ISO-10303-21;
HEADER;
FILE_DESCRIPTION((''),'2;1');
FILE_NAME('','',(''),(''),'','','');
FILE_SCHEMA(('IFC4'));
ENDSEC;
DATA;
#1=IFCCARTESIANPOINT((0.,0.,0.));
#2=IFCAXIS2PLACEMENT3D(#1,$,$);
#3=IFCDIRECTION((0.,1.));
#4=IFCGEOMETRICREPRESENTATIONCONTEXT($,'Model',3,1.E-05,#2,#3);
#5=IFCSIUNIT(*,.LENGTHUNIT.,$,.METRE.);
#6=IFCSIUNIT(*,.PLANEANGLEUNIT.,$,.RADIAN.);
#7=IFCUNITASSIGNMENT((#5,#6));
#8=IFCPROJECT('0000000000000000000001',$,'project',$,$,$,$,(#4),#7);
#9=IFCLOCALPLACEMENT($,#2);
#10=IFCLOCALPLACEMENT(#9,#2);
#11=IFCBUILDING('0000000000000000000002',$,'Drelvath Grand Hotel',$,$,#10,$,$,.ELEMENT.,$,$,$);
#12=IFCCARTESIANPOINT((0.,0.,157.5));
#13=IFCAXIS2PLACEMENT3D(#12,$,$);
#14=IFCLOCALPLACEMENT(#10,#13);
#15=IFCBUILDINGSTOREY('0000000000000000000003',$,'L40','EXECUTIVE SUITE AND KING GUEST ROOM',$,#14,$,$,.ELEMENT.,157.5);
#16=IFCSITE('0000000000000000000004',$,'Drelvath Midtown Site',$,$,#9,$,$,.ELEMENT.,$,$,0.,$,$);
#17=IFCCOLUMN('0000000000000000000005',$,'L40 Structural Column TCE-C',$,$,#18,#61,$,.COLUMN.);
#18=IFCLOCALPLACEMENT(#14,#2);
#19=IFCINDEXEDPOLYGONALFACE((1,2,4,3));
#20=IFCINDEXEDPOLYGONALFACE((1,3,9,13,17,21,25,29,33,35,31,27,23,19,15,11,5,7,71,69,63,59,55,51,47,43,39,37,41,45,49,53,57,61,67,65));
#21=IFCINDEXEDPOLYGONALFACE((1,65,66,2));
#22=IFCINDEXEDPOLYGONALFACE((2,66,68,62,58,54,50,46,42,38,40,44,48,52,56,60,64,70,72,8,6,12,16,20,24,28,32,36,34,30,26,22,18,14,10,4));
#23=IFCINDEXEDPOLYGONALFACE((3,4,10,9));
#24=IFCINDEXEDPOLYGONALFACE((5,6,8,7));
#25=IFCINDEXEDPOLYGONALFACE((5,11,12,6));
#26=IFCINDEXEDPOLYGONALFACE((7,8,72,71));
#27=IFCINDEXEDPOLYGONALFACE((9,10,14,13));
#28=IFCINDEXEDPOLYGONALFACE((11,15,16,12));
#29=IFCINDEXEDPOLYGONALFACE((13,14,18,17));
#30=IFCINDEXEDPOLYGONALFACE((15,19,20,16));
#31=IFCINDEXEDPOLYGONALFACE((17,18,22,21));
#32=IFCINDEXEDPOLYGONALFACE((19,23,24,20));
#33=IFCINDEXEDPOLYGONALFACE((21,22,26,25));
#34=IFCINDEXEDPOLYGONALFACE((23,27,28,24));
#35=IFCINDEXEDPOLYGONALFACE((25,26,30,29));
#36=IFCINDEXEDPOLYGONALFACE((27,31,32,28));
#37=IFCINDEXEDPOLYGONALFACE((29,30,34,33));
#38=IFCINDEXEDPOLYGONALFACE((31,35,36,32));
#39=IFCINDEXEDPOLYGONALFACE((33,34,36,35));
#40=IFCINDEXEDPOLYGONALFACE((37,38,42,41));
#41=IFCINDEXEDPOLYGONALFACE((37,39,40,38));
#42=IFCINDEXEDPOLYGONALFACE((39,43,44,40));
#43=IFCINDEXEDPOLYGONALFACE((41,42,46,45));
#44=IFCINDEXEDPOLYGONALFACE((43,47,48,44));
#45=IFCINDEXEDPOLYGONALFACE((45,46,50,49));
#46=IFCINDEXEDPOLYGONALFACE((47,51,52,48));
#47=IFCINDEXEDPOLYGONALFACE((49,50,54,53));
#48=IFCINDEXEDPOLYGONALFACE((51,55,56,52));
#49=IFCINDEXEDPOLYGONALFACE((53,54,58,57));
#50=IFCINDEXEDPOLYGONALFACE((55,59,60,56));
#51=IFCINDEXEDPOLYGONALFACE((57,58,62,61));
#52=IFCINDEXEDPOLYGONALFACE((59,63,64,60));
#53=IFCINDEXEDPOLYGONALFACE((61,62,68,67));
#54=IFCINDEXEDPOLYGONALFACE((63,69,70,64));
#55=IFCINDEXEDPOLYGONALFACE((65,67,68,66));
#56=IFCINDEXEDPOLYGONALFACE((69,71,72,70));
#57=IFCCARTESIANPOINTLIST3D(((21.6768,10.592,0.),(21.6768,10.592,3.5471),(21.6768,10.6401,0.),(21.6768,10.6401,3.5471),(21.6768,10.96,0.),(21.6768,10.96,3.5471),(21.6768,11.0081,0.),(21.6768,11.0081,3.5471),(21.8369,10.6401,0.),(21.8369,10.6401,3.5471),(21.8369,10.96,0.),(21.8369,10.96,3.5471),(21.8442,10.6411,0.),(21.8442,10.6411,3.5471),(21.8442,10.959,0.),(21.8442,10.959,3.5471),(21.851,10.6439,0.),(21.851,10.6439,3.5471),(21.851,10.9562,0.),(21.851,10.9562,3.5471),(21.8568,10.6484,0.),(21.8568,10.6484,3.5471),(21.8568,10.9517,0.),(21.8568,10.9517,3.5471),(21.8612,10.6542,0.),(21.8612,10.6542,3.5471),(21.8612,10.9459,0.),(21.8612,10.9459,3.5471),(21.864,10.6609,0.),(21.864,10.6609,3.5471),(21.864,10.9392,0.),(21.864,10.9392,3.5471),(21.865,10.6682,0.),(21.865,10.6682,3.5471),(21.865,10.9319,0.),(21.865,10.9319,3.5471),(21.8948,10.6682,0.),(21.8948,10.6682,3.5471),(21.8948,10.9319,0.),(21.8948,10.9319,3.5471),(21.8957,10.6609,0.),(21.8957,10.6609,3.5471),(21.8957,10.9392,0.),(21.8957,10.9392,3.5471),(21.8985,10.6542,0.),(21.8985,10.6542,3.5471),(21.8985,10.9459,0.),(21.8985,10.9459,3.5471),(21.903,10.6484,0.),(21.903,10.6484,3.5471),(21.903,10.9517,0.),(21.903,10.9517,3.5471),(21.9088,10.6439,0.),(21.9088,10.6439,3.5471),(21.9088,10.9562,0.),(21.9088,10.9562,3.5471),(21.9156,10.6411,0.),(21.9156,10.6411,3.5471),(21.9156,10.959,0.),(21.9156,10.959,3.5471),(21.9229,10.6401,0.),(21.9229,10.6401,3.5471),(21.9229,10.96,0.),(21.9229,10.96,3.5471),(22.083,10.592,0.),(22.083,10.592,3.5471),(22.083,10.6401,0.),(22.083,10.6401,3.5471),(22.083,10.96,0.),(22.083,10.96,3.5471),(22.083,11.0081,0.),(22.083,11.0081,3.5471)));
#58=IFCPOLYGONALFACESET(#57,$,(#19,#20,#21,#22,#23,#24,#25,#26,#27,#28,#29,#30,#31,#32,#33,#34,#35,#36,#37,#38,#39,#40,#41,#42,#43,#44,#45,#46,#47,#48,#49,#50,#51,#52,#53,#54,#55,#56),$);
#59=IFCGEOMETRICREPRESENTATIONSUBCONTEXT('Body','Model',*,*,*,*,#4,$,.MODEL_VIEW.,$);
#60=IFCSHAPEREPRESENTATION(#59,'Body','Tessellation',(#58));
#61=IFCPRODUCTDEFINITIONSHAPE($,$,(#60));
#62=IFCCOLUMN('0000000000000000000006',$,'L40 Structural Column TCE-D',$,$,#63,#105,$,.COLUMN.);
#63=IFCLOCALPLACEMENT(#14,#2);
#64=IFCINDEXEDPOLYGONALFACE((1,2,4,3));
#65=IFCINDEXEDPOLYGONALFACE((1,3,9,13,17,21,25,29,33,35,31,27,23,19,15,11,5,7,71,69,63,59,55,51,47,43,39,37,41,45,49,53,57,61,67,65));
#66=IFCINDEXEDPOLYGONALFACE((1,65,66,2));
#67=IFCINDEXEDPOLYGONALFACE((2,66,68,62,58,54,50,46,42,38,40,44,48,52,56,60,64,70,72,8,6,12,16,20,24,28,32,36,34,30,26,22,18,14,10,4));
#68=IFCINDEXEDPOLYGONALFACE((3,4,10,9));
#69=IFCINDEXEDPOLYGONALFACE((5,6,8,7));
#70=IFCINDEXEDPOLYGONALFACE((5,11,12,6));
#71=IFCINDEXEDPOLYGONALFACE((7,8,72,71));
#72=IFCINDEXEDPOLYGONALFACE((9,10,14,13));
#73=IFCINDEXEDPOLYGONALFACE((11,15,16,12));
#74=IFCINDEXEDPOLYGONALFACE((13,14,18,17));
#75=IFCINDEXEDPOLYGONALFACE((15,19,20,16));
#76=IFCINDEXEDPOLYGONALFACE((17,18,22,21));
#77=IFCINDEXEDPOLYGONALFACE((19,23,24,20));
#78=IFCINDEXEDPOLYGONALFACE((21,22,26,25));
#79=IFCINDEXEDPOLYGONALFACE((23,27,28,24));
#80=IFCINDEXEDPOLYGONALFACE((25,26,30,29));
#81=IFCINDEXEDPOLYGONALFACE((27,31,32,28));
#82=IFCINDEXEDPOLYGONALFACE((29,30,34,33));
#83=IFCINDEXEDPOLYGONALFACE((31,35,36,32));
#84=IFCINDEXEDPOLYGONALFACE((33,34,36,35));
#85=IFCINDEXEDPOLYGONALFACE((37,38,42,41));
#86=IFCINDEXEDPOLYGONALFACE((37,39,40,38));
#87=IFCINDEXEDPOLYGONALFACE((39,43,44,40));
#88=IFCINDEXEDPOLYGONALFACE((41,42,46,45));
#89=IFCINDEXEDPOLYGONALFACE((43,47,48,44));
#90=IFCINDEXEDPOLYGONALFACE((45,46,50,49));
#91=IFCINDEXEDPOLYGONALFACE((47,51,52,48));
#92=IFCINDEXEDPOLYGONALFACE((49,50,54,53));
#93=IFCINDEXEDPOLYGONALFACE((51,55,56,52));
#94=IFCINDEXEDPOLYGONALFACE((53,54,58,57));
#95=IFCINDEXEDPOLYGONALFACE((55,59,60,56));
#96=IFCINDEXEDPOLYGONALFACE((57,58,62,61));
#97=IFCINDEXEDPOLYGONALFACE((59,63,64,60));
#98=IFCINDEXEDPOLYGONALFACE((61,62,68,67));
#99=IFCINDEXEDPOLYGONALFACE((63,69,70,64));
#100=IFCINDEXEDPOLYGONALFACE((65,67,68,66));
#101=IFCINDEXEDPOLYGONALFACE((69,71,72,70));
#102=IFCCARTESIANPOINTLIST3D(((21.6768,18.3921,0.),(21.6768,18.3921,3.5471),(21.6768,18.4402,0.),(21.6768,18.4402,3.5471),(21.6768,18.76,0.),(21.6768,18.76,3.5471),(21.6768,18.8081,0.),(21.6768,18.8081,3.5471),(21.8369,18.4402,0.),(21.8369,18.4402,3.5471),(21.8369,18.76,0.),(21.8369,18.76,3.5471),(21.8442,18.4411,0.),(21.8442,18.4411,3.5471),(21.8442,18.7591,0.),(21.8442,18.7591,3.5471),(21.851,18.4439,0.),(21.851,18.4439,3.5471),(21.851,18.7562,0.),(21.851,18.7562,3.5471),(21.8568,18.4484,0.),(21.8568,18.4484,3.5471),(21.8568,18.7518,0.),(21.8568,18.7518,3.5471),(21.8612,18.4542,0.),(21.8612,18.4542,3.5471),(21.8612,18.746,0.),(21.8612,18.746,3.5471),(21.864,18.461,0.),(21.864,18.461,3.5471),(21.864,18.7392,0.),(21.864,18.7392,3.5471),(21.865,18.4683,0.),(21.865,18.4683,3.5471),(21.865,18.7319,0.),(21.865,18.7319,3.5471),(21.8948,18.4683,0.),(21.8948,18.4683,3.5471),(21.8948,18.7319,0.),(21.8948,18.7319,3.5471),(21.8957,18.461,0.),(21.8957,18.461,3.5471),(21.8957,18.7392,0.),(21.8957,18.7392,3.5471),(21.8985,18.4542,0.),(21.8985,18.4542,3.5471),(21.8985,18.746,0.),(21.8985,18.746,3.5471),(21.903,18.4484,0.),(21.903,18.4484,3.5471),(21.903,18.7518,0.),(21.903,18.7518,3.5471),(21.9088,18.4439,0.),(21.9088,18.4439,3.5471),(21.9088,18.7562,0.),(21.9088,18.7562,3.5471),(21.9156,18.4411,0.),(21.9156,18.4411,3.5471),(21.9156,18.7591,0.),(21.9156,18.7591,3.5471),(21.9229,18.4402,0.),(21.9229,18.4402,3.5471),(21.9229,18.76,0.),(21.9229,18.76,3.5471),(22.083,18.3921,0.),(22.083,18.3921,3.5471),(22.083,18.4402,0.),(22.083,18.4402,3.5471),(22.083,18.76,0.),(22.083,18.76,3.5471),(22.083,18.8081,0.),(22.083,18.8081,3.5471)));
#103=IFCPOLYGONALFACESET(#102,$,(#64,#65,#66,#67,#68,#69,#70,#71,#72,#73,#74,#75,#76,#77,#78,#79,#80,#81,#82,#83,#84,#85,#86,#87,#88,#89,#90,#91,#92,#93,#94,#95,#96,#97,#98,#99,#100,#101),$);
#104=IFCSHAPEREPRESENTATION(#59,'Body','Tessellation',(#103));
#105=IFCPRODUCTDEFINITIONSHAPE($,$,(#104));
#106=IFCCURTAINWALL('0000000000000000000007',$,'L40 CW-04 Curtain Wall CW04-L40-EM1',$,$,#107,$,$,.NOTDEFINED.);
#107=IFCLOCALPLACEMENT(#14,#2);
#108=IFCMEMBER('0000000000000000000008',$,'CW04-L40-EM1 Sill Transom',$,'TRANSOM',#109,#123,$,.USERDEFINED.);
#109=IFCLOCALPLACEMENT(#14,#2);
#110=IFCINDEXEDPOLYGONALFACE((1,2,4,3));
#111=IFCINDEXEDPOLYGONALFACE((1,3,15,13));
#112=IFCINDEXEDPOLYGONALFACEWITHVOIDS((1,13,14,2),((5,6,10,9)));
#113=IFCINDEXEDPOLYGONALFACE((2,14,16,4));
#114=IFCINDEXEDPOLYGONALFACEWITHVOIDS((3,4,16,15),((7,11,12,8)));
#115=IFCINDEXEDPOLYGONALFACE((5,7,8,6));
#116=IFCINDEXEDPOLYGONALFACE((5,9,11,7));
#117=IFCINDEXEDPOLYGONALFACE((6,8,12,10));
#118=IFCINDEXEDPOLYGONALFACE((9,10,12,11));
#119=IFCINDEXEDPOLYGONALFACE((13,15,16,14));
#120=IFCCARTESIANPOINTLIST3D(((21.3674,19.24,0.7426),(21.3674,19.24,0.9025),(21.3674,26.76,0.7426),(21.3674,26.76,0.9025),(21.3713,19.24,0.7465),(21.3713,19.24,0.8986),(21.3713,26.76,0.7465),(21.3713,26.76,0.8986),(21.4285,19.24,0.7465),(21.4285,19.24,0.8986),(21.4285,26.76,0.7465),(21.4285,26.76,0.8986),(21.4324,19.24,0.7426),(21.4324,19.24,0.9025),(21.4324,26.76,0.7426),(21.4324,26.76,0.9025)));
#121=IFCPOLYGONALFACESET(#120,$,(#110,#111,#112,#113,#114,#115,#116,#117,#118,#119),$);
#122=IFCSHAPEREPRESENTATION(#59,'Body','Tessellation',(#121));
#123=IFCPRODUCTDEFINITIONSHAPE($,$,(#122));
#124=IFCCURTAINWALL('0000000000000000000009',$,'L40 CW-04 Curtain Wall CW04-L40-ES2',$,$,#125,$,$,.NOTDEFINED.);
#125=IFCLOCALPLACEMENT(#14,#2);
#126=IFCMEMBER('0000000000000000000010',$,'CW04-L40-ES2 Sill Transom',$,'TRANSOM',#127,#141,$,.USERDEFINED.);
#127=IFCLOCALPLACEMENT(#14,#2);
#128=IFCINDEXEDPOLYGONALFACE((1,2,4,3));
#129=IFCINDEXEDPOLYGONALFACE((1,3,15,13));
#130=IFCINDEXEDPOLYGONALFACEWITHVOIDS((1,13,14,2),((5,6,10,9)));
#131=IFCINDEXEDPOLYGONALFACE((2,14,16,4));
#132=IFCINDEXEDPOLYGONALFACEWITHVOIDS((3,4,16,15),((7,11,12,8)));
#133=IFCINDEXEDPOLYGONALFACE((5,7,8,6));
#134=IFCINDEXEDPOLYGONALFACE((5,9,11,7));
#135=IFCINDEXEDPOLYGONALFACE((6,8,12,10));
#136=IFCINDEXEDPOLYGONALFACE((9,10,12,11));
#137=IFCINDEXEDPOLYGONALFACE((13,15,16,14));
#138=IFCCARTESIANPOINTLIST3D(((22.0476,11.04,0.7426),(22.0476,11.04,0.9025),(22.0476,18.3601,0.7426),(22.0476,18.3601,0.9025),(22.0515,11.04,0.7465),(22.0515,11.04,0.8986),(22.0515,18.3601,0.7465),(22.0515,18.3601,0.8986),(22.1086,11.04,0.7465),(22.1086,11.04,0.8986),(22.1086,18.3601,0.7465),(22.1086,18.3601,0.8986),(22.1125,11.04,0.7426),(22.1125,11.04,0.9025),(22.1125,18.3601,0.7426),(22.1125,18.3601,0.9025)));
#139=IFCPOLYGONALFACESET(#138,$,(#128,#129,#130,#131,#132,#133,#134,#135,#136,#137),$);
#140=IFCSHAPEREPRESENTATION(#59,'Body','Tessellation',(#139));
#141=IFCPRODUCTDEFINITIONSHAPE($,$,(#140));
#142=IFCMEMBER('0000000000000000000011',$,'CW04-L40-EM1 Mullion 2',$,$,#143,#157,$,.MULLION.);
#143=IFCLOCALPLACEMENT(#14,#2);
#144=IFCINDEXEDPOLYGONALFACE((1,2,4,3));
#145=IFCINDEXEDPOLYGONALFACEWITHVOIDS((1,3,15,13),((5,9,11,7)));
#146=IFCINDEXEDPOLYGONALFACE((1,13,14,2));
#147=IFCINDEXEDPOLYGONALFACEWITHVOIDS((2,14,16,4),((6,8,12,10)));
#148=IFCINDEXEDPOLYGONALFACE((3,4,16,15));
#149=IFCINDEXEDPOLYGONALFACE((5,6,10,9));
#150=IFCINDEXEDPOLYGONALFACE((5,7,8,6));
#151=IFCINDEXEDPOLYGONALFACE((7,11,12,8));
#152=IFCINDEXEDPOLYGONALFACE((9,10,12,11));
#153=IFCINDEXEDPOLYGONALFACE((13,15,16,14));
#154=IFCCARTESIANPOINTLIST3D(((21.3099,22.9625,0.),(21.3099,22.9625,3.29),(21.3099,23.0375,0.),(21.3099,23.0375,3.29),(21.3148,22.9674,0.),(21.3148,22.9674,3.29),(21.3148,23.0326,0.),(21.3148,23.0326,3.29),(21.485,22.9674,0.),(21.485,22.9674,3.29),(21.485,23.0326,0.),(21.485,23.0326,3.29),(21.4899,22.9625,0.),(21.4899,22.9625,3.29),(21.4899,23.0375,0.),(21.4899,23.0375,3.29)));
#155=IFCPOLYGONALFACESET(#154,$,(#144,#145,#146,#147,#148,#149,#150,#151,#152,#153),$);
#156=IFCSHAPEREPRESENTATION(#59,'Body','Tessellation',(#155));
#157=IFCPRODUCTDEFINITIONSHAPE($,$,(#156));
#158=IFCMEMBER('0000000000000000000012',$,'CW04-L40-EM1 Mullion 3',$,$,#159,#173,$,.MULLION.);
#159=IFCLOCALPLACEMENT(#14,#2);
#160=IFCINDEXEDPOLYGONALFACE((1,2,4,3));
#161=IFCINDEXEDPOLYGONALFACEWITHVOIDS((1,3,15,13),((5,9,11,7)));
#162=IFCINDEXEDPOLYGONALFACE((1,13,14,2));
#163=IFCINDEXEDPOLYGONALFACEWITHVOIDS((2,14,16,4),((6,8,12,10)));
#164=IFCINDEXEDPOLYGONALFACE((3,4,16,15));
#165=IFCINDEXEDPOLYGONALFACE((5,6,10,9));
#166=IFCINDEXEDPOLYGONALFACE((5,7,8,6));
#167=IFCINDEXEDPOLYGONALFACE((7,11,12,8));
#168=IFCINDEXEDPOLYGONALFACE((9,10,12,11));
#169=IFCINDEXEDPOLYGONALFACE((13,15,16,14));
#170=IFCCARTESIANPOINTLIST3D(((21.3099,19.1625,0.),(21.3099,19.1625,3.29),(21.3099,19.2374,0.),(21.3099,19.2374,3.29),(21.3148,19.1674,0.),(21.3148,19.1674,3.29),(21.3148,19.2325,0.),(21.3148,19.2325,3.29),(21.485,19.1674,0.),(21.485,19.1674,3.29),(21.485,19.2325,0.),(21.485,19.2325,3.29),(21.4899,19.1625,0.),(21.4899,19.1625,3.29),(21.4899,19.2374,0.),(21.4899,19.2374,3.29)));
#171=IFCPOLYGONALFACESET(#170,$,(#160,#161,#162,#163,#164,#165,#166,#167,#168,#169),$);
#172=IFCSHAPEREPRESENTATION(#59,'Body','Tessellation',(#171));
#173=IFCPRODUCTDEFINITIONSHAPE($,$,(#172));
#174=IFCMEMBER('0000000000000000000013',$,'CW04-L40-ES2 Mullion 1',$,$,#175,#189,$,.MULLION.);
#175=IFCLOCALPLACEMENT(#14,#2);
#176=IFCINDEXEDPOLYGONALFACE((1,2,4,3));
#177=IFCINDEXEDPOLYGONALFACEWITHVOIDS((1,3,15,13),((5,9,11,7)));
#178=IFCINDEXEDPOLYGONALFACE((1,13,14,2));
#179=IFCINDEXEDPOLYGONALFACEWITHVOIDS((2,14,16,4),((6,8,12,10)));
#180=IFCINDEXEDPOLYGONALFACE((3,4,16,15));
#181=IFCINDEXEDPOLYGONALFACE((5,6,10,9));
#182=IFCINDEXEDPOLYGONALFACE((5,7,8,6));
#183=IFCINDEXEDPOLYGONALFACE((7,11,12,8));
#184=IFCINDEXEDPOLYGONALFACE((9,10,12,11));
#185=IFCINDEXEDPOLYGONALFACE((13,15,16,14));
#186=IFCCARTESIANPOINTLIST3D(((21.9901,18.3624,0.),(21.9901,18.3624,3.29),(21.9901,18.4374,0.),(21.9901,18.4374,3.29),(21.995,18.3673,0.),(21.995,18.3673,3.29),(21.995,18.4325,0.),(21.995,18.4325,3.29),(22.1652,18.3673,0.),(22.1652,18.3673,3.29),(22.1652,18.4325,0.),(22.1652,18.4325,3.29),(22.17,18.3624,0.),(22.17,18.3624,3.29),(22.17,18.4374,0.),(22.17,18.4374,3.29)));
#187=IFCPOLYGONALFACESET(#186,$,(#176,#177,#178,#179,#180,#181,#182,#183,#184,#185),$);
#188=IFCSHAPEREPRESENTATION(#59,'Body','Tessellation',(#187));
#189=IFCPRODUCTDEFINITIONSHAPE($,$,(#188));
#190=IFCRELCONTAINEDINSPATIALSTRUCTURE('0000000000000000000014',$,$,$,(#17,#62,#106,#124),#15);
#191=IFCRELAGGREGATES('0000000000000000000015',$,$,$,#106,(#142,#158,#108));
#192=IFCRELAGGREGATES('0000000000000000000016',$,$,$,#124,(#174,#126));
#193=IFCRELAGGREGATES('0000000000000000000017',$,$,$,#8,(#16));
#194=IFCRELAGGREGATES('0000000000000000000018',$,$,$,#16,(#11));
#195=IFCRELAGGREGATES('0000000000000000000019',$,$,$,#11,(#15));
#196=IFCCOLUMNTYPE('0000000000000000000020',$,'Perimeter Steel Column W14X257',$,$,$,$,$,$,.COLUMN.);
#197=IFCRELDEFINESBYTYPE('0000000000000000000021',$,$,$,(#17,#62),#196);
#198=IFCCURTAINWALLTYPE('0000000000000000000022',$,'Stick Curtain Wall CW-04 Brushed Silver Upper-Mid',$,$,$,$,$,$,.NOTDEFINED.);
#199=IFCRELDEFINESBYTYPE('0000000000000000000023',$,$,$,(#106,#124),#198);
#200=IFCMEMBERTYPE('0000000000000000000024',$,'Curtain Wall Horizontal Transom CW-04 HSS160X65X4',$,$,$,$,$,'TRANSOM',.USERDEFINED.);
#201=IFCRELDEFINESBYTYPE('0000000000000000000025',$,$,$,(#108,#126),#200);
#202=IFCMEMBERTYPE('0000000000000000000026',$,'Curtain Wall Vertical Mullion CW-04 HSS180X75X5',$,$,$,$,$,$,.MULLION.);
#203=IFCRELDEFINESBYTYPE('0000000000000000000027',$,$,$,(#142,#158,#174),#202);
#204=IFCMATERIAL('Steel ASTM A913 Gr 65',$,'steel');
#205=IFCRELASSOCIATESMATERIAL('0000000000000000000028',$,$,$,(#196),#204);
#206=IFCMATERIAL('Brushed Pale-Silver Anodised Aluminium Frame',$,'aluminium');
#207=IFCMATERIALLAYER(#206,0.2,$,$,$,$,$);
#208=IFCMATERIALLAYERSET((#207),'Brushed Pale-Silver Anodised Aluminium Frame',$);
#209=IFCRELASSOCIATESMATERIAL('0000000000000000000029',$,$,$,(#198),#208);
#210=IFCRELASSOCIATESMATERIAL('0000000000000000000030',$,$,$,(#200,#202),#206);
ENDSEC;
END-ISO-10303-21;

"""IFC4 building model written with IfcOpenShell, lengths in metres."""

from ifc_helpers import new_model, si_unit, direction, frame, origin, origin_2d, place, context, subcontext, project, spatial, hollow_rectangle, i_section, extrude, material, layer, layer_set, material_profile, profile_set, type_object, element, aggregate, save


model = new_model("IFC4")

# Units and contexts
model_context = context("Model", 3, precision=1e-05, world=origin(), true_north=direction((0.0, 1.0)))
body_context = subcontext(model_context, "Body", "Model", "MODEL_VIEW")
ifc_project = project(units=[si_unit("LENGTHUNIT", "METRE"), si_unit("PLANEANGLEUNIT", "RADIAN")], contexts=[model_context])

# Site, building, storey
site_placement = place(None, origin())
site = spatial("IfcSite", under=ifc_project, at=site_placement, Name="Drelvath Midtown Site", CompositionType="ELEMENT", RefElevation=0.0)
building_placement = place(site_placement, origin())
building = spatial("IfcBuilding", under=site, at=building_placement, Name="Drelvath Grand Hotel", CompositionType="ELEMENT")
storey_placement = place(building_placement, frame((0.0, 0.0, 157.5)))
storey = spatial("IfcBuildingStorey", under=building, at=storey_placement, Name="L40", Description="EXECUTIVE SUITE AND KING GUEST ROOM", CompositionType="ELEMENT", Elevation=157.5)

# Columns
ifc_material_1 = material(Name="Steel ASTM A913 Gr 65", Category="steel")
ifc_material_profile_1 = material_profile(ifc_material_1, i_section(OverallWidth=0.4062, OverallDepth=0.416, WebThickness=0.0298, FlangeThickness=0.0481, FilletRadius=0.0281, at=origin_2d()), Name="W14X257")
ifc_profile_set_1 = profile_set([ifc_material_profile_1], Name="Steel ASTM A913 Gr 65")
column_type = type_object("IfcColumnType", Name="Perimeter Steel Column W14X257", PredefinedType="COLUMN", material=ifc_profile_set_1)
for number, where, z_axis, x_axis, name in (
    (1, (21.8799, 10.8, 0.0), (0.0, 0.0, 1.0), (1.0, 0.0, 0.0), "L40 Structural Column TCE-C"),
    (2, (21.8799, 18.6001, 0.0), (0.0, 0.0, 1.0), (1.0, 0.0, 0.0), "L40 Structural Column TCE-D"),
):
    element("IfcColumn", number, at=place(storey_placement, frame(where, z_axis=z_axis, x_axis=x_axis)), inside=storey, type_object=column_type, Name=name, PredefinedType="COLUMN", context=body_context, shape_type="SweptSolid", body=[
        extrude(i_section(OverallWidth=0.4062, OverallDepth=0.416, WebThickness=0.0298, FlangeThickness=0.0481, FilletRadius=0.0281, at=origin_2d()), origin(), (0.0, 0.0, 1.0), 3.5471),
    ])

# Curtain walls, members
ifc_material_2 = material(Name="Brushed Pale-Silver Anodised Aluminium Frame", Category="aluminium")
ifc_layer_1 = layer(ifc_material_2, 0.2)
ifc_layer_set_1 = layer_set([ifc_layer_1], Name="Brushed Pale-Silver Anodised Aluminium Frame")
curtain_wall_type = type_object("IfcCurtainWallType", Name="Stick Curtain Wall CW-04 Brushed Silver Upper-Mid", PredefinedType="NOTDEFINED", material=ifc_layer_set_1)
curtain_wall_1_placement = place(storey_placement, origin())
curtain_wall_1 = element("IfcCurtainWall", 3, at=curtain_wall_1_placement, inside=storey, type_object=curtain_wall_type, Name="L40 CW-04 Curtain Wall CW04-L40-EM1", PredefinedType="NOTDEFINED")
ifc_material_profile_2 = material_profile(ifc_material_2, hollow_rectangle(XDim=0.0649, YDim=0.1599, WallThickness=0.0039, at=origin_2d()), Name="HSS160X65X4")
ifc_profile_set_2 = profile_set([ifc_material_profile_2], Name="Brushed Pale-Silver Anodised Aluminium Frame")
member_type_1 = type_object("IfcMemberType", Name="Curtain Wall Horizontal Transom CW-04 HSS160X65X4", ElementType="TRANSOM", PredefinedType="USERDEFINED", material=ifc_profile_set_2)
member_1_placement = place(storey_placement, frame((21.3999, 26.76, 0.8225), z_axis=(0.0, -1.0, 0.0), x_axis=(1.0, 0.0, 0.0)))
member_1 = element("IfcMember", 4, at=member_1_placement, type_object=member_type_1, Name="CW04-L40-EM1 Sill Transom", ObjectType="TRANSOM", PredefinedType="USERDEFINED", context=body_context, shape_type="SweptSolid", body=[
    extrude(hollow_rectangle(XDim=0.0649, YDim=0.1599, WallThickness=0.0039, at=origin_2d()), origin(), (0.0, 0.0, 1.0), 7.52),
])
curtain_wall_2_placement = place(storey_placement, origin())
curtain_wall_2 = element("IfcCurtainWall", 5, at=curtain_wall_2_placement, inside=storey, type_object=curtain_wall_type, Name="L40 CW-04 Curtain Wall CW04-L40-ES2", PredefinedType="NOTDEFINED")
member_2_placement = place(storey_placement, frame((22.0801, 18.3601, 0.8225), z_axis=(0.0, -1.0, 0.0), x_axis=(1.0, 0.0, 0.0)))
member_2 = element("IfcMember", 6, at=member_2_placement, type_object=member_type_1, Name="CW04-L40-ES2 Sill Transom", ObjectType="TRANSOM", PredefinedType="USERDEFINED", context=body_context, shape_type="SweptSolid", body=[
    extrude(hollow_rectangle(XDim=0.0649, YDim=0.1599, WallThickness=0.0039, at=origin_2d()), origin(), (0.0, 0.0, 1.0), 7.3201),
])

# Members
ifc_material_profile_3 = material_profile(ifc_material_2, hollow_rectangle(XDim=0.075, YDim=0.1799, WallThickness=0.0049, at=origin_2d()), Name="HSS180X75X5")
ifc_profile_set_3 = profile_set([ifc_material_profile_3], Name="Brushed Pale-Silver Anodised Aluminium Frame")
member_type_2 = type_object("IfcMemberType", Name="Curtain Wall Vertical Mullion CW-04 HSS180X75X5", PredefinedType="MULLION", material=ifc_profile_set_3)
member_3_placement = place(storey_placement, frame((21.3999, 23.0, 0.0), z_axis=(0.0, 0.0, 1.0), x_axis=(0.0, 1.0, 0.0)))
member_3 = element("IfcMember", 7, at=member_3_placement, type_object=member_type_2, Name="CW04-L40-EM1 Mullion 2", PredefinedType="MULLION", context=body_context, shape_type="SweptSolid", body=[
    extrude(hollow_rectangle(XDim=0.075, YDim=0.1799, WallThickness=0.0049, at=origin_2d()), origin(), (0.0, 0.0, 1.0), 3.29),
])
member_4_placement = place(storey_placement, frame((21.3999, 19.2, 0.0), z_axis=(0.0, 0.0, 1.0), x_axis=(0.0, 1.0, 0.0)))
member_4 = element("IfcMember", 8, at=member_4_placement, type_object=member_type_2, Name="CW04-L40-EM1 Mullion 3", PredefinedType="MULLION", context=body_context, shape_type="SweptSolid", body=[
    extrude(hollow_rectangle(XDim=0.075, YDim=0.1799, WallThickness=0.0049, at=origin_2d()), origin(), (0.0, 0.0, 1.0), 3.29),
])
member_5_placement = place(storey_placement, frame((22.0801, 18.3999, 0.0), z_axis=(0.0, 0.0, 1.0), x_axis=(0.0, 1.0, 0.0)))
member_5 = element("IfcMember", 9, at=member_5_placement, type_object=member_type_2, Name="CW04-L40-ES2 Mullion 1", PredefinedType="MULLION", context=body_context, shape_type="SweptSolid", body=[
    extrude(hollow_rectangle(XDim=0.075, YDim=0.1799, WallThickness=0.0049, at=origin_2d()), origin(), (0.0, 0.0, 1.0), 3.29),
])

aggregate(curtain_wall_1, [member_3, member_4, member_1])
aggregate(curtain_wall_2, [member_5, member_2])

save(model, "model.ifc")
